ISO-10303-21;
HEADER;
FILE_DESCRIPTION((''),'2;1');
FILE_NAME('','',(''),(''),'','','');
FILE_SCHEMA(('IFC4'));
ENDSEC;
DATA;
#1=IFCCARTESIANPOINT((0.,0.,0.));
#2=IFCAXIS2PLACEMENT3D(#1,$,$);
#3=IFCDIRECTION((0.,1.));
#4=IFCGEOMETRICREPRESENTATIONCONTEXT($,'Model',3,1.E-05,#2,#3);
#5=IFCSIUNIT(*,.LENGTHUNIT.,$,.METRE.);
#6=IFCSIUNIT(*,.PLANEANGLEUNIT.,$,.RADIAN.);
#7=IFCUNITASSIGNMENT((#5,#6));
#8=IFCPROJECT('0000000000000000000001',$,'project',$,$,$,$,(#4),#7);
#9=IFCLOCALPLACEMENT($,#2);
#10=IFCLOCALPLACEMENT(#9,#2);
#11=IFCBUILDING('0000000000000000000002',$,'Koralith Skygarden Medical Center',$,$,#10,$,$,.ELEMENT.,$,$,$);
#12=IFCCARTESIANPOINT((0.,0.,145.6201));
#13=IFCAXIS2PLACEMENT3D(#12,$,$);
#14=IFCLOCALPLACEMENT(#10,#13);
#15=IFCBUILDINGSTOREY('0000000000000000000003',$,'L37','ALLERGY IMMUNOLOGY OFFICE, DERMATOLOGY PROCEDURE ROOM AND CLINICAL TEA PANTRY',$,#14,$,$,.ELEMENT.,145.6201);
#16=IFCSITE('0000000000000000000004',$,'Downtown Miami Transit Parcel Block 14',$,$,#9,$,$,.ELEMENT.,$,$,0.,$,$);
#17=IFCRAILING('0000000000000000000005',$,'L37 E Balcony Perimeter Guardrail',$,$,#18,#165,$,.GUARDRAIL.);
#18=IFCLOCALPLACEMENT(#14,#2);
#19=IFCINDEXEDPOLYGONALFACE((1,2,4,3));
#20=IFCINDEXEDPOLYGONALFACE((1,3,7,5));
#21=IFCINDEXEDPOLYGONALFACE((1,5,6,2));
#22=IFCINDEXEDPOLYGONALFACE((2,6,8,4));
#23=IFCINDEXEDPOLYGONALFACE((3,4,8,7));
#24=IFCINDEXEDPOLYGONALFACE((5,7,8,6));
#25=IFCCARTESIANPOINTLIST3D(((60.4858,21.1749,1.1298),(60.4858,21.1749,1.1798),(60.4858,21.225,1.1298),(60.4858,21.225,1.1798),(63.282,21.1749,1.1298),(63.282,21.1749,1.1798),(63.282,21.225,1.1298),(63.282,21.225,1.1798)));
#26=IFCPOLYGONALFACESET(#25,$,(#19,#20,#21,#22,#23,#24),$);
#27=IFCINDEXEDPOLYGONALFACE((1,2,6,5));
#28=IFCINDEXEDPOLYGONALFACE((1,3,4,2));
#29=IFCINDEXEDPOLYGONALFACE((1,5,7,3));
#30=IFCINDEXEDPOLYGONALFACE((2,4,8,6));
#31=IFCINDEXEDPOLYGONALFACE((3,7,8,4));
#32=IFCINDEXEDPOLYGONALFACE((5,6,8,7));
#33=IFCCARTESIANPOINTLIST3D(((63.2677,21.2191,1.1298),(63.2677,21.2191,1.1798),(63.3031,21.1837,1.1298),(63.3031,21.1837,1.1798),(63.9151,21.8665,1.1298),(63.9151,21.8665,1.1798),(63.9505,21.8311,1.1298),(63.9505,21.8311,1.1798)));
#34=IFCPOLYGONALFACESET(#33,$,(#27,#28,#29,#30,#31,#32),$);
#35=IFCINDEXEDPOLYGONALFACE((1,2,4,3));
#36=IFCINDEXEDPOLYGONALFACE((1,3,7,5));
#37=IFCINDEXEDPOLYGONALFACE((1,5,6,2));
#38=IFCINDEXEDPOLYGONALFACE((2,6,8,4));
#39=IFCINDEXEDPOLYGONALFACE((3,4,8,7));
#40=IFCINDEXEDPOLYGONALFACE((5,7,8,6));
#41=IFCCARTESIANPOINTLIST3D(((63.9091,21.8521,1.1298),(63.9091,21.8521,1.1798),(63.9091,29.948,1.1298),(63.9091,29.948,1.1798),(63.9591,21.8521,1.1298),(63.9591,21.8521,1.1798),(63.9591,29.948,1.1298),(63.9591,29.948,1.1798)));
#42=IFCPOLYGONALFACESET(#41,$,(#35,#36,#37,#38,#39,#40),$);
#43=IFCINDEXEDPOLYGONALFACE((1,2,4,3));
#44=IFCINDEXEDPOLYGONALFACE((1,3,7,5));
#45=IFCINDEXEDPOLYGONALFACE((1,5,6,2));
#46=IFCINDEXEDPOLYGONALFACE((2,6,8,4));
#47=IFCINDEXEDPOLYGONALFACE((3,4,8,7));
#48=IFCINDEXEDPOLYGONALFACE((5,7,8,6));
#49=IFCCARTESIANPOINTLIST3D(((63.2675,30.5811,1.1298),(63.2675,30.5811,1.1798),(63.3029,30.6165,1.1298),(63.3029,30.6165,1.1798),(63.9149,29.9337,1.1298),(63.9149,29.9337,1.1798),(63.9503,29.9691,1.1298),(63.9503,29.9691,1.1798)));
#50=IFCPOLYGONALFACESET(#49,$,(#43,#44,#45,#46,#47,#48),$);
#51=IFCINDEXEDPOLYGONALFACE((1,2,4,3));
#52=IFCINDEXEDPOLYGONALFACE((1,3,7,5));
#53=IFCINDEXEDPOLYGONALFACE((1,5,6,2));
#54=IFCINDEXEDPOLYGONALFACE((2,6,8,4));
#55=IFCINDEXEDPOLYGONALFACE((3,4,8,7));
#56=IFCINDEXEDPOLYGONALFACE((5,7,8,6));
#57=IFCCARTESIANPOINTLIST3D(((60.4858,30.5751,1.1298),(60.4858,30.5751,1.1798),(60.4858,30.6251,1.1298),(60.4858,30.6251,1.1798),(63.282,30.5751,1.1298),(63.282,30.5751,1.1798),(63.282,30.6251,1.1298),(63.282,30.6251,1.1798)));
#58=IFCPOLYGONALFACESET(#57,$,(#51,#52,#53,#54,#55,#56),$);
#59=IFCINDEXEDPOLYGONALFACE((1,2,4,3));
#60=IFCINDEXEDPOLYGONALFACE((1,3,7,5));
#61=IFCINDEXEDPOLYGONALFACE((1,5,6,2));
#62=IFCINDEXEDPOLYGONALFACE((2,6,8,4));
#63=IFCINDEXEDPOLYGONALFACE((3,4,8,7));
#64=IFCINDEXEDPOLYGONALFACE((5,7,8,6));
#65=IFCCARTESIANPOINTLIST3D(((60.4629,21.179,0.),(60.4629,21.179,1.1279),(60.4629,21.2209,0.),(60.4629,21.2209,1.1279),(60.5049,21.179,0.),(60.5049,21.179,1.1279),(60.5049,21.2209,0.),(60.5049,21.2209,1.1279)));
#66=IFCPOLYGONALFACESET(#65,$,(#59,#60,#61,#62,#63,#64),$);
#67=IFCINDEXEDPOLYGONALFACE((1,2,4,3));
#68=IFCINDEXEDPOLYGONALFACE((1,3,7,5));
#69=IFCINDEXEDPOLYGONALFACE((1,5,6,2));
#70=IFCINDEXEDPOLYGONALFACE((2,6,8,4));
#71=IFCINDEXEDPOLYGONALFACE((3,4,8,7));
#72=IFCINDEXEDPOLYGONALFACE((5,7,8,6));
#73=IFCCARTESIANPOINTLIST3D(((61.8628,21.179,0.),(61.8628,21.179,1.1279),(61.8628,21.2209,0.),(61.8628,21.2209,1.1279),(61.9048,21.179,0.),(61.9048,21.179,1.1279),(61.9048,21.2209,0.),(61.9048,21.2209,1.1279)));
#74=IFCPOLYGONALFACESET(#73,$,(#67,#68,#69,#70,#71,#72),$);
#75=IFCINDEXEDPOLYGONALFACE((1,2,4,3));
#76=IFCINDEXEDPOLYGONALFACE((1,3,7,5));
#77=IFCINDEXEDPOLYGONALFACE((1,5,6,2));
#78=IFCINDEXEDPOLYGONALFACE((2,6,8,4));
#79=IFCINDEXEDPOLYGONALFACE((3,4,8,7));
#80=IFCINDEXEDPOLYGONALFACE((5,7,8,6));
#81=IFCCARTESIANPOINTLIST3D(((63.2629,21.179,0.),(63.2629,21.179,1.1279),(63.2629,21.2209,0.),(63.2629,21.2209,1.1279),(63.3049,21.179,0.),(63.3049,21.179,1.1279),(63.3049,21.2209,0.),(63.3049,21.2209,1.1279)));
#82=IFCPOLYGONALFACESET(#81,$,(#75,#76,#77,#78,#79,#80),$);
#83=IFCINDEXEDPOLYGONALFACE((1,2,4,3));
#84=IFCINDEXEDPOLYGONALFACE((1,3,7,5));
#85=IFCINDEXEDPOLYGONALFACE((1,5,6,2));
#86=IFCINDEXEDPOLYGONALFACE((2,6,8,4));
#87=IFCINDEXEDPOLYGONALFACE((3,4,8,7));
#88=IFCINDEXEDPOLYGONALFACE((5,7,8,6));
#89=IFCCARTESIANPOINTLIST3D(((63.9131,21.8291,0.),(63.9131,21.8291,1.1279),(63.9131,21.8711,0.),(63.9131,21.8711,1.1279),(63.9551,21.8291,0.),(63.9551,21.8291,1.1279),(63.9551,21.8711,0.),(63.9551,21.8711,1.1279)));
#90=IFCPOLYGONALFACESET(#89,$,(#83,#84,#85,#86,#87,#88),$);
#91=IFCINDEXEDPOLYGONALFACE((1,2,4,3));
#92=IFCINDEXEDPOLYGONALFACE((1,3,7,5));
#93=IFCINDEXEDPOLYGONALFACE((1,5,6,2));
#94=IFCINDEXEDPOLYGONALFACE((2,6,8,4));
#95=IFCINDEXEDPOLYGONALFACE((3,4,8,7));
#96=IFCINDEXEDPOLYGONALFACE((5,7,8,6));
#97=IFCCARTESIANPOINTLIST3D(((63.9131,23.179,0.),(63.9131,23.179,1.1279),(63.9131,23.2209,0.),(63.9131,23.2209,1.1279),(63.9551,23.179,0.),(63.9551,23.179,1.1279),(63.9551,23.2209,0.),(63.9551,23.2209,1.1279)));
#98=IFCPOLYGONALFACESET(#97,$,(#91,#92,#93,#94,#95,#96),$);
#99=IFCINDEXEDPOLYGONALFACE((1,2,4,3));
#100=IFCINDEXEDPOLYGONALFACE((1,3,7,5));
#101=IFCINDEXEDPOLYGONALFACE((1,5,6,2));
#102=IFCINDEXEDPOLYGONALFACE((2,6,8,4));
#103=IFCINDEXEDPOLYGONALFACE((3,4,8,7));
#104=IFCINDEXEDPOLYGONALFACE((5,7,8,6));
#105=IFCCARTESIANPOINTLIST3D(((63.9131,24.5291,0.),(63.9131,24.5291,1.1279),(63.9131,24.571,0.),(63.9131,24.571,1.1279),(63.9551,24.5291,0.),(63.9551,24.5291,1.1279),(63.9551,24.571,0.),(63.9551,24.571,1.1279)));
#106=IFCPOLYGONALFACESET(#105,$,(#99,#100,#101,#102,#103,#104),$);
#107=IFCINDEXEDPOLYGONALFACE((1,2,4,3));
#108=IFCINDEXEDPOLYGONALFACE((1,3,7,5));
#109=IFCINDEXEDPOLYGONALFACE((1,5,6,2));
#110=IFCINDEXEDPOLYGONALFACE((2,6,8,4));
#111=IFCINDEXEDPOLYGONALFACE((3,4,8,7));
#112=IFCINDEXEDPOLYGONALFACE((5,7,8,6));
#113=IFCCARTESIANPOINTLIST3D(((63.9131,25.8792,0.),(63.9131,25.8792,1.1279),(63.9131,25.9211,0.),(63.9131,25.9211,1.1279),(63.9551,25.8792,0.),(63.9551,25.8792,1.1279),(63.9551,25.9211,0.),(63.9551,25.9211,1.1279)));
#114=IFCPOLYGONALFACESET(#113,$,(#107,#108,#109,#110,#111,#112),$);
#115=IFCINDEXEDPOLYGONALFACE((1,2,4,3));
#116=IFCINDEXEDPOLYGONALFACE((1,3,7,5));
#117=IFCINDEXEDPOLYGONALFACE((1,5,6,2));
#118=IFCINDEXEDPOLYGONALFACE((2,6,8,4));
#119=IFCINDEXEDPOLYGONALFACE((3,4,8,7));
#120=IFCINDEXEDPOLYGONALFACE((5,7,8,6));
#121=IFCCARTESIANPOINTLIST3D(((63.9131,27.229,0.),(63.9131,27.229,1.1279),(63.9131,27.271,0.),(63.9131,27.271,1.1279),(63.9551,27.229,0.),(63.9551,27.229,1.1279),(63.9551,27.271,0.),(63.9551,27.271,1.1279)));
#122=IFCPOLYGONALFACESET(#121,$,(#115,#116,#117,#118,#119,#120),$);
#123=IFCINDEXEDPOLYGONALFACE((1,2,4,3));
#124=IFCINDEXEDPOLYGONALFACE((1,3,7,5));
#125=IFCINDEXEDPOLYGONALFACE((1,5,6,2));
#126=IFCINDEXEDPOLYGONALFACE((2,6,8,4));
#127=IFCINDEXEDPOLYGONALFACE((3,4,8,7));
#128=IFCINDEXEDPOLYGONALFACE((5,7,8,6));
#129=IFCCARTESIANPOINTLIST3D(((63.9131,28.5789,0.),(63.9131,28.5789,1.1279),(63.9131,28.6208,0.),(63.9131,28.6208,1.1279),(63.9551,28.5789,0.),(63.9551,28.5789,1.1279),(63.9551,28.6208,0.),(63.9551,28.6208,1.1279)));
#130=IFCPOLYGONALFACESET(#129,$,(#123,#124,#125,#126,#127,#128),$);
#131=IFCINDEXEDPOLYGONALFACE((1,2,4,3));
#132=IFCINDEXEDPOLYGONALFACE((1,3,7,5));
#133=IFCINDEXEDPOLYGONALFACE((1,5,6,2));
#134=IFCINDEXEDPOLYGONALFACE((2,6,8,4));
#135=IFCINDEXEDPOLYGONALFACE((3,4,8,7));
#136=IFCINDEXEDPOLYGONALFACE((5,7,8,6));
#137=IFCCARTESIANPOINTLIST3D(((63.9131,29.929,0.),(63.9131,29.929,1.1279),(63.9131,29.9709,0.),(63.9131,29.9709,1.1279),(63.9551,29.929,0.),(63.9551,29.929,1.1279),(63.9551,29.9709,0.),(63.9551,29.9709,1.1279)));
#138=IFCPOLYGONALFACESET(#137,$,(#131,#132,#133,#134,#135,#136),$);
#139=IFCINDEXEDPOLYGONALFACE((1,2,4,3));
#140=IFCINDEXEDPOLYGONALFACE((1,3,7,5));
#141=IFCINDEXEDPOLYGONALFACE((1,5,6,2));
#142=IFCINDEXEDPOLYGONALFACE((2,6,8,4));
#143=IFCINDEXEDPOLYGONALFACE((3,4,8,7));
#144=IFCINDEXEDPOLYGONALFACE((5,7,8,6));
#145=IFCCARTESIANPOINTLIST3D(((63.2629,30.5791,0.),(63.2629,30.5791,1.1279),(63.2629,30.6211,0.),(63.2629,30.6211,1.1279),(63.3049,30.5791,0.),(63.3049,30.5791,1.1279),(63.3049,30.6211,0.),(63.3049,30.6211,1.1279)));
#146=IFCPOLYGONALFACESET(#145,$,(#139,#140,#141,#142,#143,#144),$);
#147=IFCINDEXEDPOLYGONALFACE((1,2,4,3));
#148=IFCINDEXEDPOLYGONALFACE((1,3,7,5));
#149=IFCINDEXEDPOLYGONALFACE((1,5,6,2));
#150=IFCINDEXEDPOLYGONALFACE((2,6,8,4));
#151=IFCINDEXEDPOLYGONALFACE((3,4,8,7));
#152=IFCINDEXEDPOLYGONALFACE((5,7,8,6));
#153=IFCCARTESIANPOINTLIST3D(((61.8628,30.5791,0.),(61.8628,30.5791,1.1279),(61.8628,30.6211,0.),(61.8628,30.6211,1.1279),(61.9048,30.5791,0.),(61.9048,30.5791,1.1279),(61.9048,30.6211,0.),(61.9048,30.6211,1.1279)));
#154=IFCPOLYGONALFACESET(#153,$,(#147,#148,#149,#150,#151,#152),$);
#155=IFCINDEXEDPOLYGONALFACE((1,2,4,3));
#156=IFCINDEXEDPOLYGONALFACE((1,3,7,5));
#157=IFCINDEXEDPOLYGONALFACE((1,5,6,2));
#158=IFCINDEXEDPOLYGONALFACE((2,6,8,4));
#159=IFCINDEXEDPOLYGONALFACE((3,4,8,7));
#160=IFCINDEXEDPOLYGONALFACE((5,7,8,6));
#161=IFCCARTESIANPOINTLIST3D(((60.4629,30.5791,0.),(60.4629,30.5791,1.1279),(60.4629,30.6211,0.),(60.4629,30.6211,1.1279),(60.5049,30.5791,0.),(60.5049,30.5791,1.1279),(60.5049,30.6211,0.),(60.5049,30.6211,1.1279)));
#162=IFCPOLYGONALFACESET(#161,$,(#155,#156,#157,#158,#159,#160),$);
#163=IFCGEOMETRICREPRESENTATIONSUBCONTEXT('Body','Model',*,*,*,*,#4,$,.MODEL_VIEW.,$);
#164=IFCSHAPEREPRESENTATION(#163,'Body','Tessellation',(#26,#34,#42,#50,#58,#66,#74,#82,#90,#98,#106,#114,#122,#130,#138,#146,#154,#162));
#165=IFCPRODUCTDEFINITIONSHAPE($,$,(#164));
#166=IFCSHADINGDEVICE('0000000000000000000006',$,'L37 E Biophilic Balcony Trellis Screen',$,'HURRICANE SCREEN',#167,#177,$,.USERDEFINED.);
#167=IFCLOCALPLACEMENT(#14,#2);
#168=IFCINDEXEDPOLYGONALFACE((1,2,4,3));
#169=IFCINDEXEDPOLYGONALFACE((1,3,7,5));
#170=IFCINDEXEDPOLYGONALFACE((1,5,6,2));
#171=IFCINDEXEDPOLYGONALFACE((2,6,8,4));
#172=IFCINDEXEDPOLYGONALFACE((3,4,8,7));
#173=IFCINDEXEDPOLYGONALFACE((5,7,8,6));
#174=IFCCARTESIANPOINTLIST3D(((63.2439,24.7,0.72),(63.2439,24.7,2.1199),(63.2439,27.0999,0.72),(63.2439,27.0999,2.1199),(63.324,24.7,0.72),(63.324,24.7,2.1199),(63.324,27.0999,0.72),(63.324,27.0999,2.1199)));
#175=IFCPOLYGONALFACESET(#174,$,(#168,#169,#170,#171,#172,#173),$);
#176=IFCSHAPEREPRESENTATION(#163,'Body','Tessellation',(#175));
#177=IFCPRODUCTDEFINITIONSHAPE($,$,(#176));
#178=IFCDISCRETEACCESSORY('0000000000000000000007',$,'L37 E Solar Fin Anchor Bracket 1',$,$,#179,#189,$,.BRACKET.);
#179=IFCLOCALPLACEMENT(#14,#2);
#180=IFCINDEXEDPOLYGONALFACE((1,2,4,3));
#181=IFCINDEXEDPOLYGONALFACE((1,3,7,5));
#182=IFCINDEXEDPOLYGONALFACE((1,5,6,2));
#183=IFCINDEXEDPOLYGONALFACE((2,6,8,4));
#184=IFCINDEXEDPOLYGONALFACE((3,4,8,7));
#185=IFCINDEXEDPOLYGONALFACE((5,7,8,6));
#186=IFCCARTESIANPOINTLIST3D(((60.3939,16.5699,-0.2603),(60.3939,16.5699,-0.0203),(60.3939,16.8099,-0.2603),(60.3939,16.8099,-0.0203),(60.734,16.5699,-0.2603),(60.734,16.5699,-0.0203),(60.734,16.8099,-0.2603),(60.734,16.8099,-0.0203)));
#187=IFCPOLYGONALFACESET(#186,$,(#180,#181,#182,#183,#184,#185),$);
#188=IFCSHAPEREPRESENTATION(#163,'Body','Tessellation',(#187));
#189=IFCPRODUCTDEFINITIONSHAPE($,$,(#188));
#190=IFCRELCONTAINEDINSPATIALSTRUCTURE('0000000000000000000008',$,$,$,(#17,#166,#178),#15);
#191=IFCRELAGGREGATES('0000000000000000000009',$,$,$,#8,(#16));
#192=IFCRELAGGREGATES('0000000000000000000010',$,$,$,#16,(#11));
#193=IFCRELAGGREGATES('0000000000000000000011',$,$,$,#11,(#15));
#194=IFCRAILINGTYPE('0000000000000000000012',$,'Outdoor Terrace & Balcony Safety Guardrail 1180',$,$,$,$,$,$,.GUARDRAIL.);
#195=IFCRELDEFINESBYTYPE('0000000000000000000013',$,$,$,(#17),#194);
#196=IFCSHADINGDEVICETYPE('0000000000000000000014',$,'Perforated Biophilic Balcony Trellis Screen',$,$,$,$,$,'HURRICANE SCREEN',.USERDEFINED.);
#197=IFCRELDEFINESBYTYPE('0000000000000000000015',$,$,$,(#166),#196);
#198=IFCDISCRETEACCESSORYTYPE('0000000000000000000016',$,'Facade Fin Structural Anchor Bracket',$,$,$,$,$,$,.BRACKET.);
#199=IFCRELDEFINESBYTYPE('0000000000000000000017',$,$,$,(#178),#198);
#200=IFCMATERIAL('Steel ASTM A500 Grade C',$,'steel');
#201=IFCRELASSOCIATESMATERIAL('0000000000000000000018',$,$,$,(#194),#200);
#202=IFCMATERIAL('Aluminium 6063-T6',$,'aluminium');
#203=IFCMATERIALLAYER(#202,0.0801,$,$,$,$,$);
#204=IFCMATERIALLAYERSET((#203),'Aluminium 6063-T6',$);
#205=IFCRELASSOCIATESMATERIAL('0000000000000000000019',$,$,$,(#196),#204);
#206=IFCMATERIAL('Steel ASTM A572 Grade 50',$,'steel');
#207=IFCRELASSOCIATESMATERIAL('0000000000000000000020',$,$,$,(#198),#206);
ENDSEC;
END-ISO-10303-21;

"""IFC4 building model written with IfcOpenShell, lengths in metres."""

from ifc_helpers import new_model, si_unit, direction, frame, origin, origin_2d, place, context, subcontext, project, spatial, rectangle, extrude, material, layer, layer_set, type_object, element, save


model = new_model("IFC4")

# Units and contexts
model_context = context("Model", 3, precision=1e-05, world=origin(), true_north=direction((0.0, 1.0)))
body_context = subcontext(model_context, "Body", "Model", "MODEL_VIEW")
ifc_project = project(units=[si_unit("LENGTHUNIT", "METRE"), si_unit("PLANEANGLEUNIT", "RADIAN")], contexts=[model_context])

# Site, building, storey
site_placement = place(None, origin())
site = spatial("IfcSite", under=ifc_project, at=site_placement, Name="Downtown Miami Transit Parcel Block 14", CompositionType="ELEMENT", RefElevation=0.0)
building_placement = place(site_placement, origin())
building = spatial("IfcBuilding", under=site, at=building_placement, Name="Koralith Skygarden Medical Center", CompositionType="ELEMENT")
storey_placement = place(building_placement, frame((0.0, 0.0, 145.6201)))
storey = spatial("IfcBuildingStorey", under=building, at=storey_placement, Name="L37", Description="ALLERGY IMMUNOLOGY OFFICE, DERMATOLOGY PROCEDURE ROOM AND CLINICAL TEA PANTRY", CompositionType="ELEMENT", Elevation=145.6201)

# Shared definitions
ifc_material_1 = material(Name="Aluminium 6063-T6", Category="aluminium")

# Railing
ifc_material_2 = material(Name="Steel ASTM A500 Grade C", Category="steel")
railing_type = type_object("IfcRailingType", Name="Outdoor Terrace & Balcony Safety Guardrail 1180", PredefinedType="GUARDRAIL", material=ifc_material_2)
railing_placement = place(storey_placement, frame((60.4839, 21.2, 0.0)))
element("IfcRailing", 1, at=railing_placement, inside=storey, type_object=railing_type, Name="L37 E Balcony Perimeter Guardrail", PredefinedType="GUARDRAIL", context=body_context, shape_type="SweptSolid", body=[
    extrude(rectangle(XDim=0.05, YDim=0.05, at=origin_2d()), frame((0.002, 0.0, 1.1548), z_axis=(1.0, 0.0, 0.0), x_axis=(0.0, 1.0, 0.0)), (0.0, 0.0, 1.0), 2.7961),
    extrude(rectangle(XDim=0.05, YDim=0.05, at=origin_2d()), frame((2.8015, 0.0015, 1.1548), z_axis=(0.707107, 0.707107, 0.0), x_axis=(-0.707107, 0.707107, 0.0)), (0.0, 0.0, 1.0), 0.9155),
    extrude(rectangle(XDim=0.05, YDim=0.05, at=origin_2d()), frame((3.4502, 0.6521, 1.1548), z_axis=(0.0, 1.0, 0.0), x_axis=(-1.0, 0.0, 0.0)), (0.0, 0.0, 1.0), 8.0959),
    extrude(rectangle(XDim=0.05, YDim=0.05, at=origin_2d()), frame((3.4487, 8.7515, 1.1548), z_axis=(-0.707107, 0.707107, 0.0), x_axis=(-0.707107, -0.707107, 0.0)), (0.0, 0.0, 1.0), 0.9155),
    extrude(rectangle(XDim=0.05, YDim=0.05, at=origin_2d()), frame((2.7981, 9.4001, 1.1548), z_axis=(-1.0, 0.0, 0.0), x_axis=(0.0, -1.0, 0.0)), (0.0, 0.0, 1.0), 2.7961),
    extrude(rectangle(XDim=0.042, YDim=0.042, at=origin_2d()), origin(), (0.0, 0.0, 1.0), 1.1279),
    extrude(rectangle(XDim=0.042, YDim=0.042, at=origin_2d()), frame((1.3999, 0.0, 0.0)), (0.0, 0.0, 1.0), 1.1279),
    extrude(rectangle(XDim=0.042, YDim=0.042, at=origin_2d()), frame((2.8, 0.0, 0.0)), (0.0, 0.0, 1.0), 1.1279),
    extrude(rectangle(XDim=0.042, YDim=0.042, at=origin_2d()), frame((3.4502, 0.6501, 0.0)), (0.0, 0.0, 1.0), 1.1279),
    extrude(rectangle(XDim=0.042, YDim=0.042, at=origin_2d()), frame((3.4502, 2.0, 0.0)), (0.0, 0.0, 1.0), 1.1279),
    extrude(rectangle(XDim=0.042, YDim=0.042, at=origin_2d()), frame((3.4502, 3.3501, 0.0)), (0.0, 0.0, 1.0), 1.1279),
    extrude(rectangle(XDim=0.042, YDim=0.042, at=origin_2d()), frame((3.4502, 4.7002, 0.0)), (0.0, 0.0, 1.0), 1.1279),
    extrude(rectangle(XDim=0.042, YDim=0.042, at=origin_2d()), frame((3.4502, 6.05, 0.0)), (0.0, 0.0, 1.0), 1.1279),
    extrude(rectangle(XDim=0.042, YDim=0.042, at=origin_2d()), frame((3.4502, 7.3999, 0.0)), (0.0, 0.0, 1.0), 1.1279),
    extrude(rectangle(XDim=0.042, YDim=0.042, at=origin_2d()), frame((3.4502, 8.75, 0.0)), (0.0, 0.0, 1.0), 1.1279),
    extrude(rectangle(XDim=0.042, YDim=0.042, at=origin_2d()), frame((2.8, 9.4001, 0.0)), (0.0, 0.0, 1.0), 1.1279),
    extrude(rectangle(XDim=0.042, YDim=0.042, at=origin_2d()), frame((1.3999, 9.4001, 0.0)), (0.0, 0.0, 1.0), 1.1279),
    extrude(rectangle(XDim=0.042, YDim=0.042, at=origin_2d()), frame((0.0, 9.4001, 0.0)), (0.0, 0.0, 1.0), 1.1279),
])

# Shading device
ifc_layer_1 = layer(ifc_material_1, 0.0801)
ifc_layer_set_1 = layer_set([ifc_layer_1], Name="Aluminium 6063-T6")
shading_device_type_1 = type_object("IfcShadingDeviceType", Name="Perforated Biophilic Balcony Trellis Screen", ElementType="HURRICANE SCREEN", PredefinedType="USERDEFINED", material=ifc_layer_set_1)
shading_device_1_placement = place(storey_placement, frame((63.2839, 25.8999, 0.72), z_axis=(0.0, 0.0, 1.0), x_axis=(0.0, 1.0, 0.0)))
element("IfcShadingDevice", 2, at=shading_device_1_placement, inside=storey, type_object=shading_device_type_1, Name="L37 E Biophilic Balcony Trellis Screen", ObjectType="HURRICANE SCREEN", PredefinedType="USERDEFINED", context=body_context, shape_type="SweptSolid", body=[
    extrude(rectangle(XDim=2.3999, YDim=0.0801, at=origin_2d()), origin(), (0.0, 0.0, 1.0), 1.3999),
])

# Discrete accessory
ifc_material_3 = material(Name="Steel ASTM A572 Grade 50", Category="steel")
discrete_accessory_type = type_object("IfcDiscreteAccessoryType", Name="Facade Fin Structural Anchor Bracket", PredefinedType="BRACKET", material=ifc_material_3)
discrete_accessory_placement = place(storey_placement, frame((60.564, 16.6899, -0.2603), z_axis=(0.0, 0.0, 1.0), x_axis=(1.0, 0.0, 0.0)))
element("IfcDiscreteAccessory", 3, at=discrete_accessory_placement, inside=storey, type_object=discrete_accessory_type, Name="L37 E Solar Fin Anchor Bracket 1", PredefinedType="BRACKET", context=body_context, shape_type="SweptSolid", body=[
    extrude(rectangle(XDim=0.3401, YDim=0.24, at=origin_2d()), origin(), (0.0, 0.0, 1.0), 0.24),
])

save(model, "model.ifc")
